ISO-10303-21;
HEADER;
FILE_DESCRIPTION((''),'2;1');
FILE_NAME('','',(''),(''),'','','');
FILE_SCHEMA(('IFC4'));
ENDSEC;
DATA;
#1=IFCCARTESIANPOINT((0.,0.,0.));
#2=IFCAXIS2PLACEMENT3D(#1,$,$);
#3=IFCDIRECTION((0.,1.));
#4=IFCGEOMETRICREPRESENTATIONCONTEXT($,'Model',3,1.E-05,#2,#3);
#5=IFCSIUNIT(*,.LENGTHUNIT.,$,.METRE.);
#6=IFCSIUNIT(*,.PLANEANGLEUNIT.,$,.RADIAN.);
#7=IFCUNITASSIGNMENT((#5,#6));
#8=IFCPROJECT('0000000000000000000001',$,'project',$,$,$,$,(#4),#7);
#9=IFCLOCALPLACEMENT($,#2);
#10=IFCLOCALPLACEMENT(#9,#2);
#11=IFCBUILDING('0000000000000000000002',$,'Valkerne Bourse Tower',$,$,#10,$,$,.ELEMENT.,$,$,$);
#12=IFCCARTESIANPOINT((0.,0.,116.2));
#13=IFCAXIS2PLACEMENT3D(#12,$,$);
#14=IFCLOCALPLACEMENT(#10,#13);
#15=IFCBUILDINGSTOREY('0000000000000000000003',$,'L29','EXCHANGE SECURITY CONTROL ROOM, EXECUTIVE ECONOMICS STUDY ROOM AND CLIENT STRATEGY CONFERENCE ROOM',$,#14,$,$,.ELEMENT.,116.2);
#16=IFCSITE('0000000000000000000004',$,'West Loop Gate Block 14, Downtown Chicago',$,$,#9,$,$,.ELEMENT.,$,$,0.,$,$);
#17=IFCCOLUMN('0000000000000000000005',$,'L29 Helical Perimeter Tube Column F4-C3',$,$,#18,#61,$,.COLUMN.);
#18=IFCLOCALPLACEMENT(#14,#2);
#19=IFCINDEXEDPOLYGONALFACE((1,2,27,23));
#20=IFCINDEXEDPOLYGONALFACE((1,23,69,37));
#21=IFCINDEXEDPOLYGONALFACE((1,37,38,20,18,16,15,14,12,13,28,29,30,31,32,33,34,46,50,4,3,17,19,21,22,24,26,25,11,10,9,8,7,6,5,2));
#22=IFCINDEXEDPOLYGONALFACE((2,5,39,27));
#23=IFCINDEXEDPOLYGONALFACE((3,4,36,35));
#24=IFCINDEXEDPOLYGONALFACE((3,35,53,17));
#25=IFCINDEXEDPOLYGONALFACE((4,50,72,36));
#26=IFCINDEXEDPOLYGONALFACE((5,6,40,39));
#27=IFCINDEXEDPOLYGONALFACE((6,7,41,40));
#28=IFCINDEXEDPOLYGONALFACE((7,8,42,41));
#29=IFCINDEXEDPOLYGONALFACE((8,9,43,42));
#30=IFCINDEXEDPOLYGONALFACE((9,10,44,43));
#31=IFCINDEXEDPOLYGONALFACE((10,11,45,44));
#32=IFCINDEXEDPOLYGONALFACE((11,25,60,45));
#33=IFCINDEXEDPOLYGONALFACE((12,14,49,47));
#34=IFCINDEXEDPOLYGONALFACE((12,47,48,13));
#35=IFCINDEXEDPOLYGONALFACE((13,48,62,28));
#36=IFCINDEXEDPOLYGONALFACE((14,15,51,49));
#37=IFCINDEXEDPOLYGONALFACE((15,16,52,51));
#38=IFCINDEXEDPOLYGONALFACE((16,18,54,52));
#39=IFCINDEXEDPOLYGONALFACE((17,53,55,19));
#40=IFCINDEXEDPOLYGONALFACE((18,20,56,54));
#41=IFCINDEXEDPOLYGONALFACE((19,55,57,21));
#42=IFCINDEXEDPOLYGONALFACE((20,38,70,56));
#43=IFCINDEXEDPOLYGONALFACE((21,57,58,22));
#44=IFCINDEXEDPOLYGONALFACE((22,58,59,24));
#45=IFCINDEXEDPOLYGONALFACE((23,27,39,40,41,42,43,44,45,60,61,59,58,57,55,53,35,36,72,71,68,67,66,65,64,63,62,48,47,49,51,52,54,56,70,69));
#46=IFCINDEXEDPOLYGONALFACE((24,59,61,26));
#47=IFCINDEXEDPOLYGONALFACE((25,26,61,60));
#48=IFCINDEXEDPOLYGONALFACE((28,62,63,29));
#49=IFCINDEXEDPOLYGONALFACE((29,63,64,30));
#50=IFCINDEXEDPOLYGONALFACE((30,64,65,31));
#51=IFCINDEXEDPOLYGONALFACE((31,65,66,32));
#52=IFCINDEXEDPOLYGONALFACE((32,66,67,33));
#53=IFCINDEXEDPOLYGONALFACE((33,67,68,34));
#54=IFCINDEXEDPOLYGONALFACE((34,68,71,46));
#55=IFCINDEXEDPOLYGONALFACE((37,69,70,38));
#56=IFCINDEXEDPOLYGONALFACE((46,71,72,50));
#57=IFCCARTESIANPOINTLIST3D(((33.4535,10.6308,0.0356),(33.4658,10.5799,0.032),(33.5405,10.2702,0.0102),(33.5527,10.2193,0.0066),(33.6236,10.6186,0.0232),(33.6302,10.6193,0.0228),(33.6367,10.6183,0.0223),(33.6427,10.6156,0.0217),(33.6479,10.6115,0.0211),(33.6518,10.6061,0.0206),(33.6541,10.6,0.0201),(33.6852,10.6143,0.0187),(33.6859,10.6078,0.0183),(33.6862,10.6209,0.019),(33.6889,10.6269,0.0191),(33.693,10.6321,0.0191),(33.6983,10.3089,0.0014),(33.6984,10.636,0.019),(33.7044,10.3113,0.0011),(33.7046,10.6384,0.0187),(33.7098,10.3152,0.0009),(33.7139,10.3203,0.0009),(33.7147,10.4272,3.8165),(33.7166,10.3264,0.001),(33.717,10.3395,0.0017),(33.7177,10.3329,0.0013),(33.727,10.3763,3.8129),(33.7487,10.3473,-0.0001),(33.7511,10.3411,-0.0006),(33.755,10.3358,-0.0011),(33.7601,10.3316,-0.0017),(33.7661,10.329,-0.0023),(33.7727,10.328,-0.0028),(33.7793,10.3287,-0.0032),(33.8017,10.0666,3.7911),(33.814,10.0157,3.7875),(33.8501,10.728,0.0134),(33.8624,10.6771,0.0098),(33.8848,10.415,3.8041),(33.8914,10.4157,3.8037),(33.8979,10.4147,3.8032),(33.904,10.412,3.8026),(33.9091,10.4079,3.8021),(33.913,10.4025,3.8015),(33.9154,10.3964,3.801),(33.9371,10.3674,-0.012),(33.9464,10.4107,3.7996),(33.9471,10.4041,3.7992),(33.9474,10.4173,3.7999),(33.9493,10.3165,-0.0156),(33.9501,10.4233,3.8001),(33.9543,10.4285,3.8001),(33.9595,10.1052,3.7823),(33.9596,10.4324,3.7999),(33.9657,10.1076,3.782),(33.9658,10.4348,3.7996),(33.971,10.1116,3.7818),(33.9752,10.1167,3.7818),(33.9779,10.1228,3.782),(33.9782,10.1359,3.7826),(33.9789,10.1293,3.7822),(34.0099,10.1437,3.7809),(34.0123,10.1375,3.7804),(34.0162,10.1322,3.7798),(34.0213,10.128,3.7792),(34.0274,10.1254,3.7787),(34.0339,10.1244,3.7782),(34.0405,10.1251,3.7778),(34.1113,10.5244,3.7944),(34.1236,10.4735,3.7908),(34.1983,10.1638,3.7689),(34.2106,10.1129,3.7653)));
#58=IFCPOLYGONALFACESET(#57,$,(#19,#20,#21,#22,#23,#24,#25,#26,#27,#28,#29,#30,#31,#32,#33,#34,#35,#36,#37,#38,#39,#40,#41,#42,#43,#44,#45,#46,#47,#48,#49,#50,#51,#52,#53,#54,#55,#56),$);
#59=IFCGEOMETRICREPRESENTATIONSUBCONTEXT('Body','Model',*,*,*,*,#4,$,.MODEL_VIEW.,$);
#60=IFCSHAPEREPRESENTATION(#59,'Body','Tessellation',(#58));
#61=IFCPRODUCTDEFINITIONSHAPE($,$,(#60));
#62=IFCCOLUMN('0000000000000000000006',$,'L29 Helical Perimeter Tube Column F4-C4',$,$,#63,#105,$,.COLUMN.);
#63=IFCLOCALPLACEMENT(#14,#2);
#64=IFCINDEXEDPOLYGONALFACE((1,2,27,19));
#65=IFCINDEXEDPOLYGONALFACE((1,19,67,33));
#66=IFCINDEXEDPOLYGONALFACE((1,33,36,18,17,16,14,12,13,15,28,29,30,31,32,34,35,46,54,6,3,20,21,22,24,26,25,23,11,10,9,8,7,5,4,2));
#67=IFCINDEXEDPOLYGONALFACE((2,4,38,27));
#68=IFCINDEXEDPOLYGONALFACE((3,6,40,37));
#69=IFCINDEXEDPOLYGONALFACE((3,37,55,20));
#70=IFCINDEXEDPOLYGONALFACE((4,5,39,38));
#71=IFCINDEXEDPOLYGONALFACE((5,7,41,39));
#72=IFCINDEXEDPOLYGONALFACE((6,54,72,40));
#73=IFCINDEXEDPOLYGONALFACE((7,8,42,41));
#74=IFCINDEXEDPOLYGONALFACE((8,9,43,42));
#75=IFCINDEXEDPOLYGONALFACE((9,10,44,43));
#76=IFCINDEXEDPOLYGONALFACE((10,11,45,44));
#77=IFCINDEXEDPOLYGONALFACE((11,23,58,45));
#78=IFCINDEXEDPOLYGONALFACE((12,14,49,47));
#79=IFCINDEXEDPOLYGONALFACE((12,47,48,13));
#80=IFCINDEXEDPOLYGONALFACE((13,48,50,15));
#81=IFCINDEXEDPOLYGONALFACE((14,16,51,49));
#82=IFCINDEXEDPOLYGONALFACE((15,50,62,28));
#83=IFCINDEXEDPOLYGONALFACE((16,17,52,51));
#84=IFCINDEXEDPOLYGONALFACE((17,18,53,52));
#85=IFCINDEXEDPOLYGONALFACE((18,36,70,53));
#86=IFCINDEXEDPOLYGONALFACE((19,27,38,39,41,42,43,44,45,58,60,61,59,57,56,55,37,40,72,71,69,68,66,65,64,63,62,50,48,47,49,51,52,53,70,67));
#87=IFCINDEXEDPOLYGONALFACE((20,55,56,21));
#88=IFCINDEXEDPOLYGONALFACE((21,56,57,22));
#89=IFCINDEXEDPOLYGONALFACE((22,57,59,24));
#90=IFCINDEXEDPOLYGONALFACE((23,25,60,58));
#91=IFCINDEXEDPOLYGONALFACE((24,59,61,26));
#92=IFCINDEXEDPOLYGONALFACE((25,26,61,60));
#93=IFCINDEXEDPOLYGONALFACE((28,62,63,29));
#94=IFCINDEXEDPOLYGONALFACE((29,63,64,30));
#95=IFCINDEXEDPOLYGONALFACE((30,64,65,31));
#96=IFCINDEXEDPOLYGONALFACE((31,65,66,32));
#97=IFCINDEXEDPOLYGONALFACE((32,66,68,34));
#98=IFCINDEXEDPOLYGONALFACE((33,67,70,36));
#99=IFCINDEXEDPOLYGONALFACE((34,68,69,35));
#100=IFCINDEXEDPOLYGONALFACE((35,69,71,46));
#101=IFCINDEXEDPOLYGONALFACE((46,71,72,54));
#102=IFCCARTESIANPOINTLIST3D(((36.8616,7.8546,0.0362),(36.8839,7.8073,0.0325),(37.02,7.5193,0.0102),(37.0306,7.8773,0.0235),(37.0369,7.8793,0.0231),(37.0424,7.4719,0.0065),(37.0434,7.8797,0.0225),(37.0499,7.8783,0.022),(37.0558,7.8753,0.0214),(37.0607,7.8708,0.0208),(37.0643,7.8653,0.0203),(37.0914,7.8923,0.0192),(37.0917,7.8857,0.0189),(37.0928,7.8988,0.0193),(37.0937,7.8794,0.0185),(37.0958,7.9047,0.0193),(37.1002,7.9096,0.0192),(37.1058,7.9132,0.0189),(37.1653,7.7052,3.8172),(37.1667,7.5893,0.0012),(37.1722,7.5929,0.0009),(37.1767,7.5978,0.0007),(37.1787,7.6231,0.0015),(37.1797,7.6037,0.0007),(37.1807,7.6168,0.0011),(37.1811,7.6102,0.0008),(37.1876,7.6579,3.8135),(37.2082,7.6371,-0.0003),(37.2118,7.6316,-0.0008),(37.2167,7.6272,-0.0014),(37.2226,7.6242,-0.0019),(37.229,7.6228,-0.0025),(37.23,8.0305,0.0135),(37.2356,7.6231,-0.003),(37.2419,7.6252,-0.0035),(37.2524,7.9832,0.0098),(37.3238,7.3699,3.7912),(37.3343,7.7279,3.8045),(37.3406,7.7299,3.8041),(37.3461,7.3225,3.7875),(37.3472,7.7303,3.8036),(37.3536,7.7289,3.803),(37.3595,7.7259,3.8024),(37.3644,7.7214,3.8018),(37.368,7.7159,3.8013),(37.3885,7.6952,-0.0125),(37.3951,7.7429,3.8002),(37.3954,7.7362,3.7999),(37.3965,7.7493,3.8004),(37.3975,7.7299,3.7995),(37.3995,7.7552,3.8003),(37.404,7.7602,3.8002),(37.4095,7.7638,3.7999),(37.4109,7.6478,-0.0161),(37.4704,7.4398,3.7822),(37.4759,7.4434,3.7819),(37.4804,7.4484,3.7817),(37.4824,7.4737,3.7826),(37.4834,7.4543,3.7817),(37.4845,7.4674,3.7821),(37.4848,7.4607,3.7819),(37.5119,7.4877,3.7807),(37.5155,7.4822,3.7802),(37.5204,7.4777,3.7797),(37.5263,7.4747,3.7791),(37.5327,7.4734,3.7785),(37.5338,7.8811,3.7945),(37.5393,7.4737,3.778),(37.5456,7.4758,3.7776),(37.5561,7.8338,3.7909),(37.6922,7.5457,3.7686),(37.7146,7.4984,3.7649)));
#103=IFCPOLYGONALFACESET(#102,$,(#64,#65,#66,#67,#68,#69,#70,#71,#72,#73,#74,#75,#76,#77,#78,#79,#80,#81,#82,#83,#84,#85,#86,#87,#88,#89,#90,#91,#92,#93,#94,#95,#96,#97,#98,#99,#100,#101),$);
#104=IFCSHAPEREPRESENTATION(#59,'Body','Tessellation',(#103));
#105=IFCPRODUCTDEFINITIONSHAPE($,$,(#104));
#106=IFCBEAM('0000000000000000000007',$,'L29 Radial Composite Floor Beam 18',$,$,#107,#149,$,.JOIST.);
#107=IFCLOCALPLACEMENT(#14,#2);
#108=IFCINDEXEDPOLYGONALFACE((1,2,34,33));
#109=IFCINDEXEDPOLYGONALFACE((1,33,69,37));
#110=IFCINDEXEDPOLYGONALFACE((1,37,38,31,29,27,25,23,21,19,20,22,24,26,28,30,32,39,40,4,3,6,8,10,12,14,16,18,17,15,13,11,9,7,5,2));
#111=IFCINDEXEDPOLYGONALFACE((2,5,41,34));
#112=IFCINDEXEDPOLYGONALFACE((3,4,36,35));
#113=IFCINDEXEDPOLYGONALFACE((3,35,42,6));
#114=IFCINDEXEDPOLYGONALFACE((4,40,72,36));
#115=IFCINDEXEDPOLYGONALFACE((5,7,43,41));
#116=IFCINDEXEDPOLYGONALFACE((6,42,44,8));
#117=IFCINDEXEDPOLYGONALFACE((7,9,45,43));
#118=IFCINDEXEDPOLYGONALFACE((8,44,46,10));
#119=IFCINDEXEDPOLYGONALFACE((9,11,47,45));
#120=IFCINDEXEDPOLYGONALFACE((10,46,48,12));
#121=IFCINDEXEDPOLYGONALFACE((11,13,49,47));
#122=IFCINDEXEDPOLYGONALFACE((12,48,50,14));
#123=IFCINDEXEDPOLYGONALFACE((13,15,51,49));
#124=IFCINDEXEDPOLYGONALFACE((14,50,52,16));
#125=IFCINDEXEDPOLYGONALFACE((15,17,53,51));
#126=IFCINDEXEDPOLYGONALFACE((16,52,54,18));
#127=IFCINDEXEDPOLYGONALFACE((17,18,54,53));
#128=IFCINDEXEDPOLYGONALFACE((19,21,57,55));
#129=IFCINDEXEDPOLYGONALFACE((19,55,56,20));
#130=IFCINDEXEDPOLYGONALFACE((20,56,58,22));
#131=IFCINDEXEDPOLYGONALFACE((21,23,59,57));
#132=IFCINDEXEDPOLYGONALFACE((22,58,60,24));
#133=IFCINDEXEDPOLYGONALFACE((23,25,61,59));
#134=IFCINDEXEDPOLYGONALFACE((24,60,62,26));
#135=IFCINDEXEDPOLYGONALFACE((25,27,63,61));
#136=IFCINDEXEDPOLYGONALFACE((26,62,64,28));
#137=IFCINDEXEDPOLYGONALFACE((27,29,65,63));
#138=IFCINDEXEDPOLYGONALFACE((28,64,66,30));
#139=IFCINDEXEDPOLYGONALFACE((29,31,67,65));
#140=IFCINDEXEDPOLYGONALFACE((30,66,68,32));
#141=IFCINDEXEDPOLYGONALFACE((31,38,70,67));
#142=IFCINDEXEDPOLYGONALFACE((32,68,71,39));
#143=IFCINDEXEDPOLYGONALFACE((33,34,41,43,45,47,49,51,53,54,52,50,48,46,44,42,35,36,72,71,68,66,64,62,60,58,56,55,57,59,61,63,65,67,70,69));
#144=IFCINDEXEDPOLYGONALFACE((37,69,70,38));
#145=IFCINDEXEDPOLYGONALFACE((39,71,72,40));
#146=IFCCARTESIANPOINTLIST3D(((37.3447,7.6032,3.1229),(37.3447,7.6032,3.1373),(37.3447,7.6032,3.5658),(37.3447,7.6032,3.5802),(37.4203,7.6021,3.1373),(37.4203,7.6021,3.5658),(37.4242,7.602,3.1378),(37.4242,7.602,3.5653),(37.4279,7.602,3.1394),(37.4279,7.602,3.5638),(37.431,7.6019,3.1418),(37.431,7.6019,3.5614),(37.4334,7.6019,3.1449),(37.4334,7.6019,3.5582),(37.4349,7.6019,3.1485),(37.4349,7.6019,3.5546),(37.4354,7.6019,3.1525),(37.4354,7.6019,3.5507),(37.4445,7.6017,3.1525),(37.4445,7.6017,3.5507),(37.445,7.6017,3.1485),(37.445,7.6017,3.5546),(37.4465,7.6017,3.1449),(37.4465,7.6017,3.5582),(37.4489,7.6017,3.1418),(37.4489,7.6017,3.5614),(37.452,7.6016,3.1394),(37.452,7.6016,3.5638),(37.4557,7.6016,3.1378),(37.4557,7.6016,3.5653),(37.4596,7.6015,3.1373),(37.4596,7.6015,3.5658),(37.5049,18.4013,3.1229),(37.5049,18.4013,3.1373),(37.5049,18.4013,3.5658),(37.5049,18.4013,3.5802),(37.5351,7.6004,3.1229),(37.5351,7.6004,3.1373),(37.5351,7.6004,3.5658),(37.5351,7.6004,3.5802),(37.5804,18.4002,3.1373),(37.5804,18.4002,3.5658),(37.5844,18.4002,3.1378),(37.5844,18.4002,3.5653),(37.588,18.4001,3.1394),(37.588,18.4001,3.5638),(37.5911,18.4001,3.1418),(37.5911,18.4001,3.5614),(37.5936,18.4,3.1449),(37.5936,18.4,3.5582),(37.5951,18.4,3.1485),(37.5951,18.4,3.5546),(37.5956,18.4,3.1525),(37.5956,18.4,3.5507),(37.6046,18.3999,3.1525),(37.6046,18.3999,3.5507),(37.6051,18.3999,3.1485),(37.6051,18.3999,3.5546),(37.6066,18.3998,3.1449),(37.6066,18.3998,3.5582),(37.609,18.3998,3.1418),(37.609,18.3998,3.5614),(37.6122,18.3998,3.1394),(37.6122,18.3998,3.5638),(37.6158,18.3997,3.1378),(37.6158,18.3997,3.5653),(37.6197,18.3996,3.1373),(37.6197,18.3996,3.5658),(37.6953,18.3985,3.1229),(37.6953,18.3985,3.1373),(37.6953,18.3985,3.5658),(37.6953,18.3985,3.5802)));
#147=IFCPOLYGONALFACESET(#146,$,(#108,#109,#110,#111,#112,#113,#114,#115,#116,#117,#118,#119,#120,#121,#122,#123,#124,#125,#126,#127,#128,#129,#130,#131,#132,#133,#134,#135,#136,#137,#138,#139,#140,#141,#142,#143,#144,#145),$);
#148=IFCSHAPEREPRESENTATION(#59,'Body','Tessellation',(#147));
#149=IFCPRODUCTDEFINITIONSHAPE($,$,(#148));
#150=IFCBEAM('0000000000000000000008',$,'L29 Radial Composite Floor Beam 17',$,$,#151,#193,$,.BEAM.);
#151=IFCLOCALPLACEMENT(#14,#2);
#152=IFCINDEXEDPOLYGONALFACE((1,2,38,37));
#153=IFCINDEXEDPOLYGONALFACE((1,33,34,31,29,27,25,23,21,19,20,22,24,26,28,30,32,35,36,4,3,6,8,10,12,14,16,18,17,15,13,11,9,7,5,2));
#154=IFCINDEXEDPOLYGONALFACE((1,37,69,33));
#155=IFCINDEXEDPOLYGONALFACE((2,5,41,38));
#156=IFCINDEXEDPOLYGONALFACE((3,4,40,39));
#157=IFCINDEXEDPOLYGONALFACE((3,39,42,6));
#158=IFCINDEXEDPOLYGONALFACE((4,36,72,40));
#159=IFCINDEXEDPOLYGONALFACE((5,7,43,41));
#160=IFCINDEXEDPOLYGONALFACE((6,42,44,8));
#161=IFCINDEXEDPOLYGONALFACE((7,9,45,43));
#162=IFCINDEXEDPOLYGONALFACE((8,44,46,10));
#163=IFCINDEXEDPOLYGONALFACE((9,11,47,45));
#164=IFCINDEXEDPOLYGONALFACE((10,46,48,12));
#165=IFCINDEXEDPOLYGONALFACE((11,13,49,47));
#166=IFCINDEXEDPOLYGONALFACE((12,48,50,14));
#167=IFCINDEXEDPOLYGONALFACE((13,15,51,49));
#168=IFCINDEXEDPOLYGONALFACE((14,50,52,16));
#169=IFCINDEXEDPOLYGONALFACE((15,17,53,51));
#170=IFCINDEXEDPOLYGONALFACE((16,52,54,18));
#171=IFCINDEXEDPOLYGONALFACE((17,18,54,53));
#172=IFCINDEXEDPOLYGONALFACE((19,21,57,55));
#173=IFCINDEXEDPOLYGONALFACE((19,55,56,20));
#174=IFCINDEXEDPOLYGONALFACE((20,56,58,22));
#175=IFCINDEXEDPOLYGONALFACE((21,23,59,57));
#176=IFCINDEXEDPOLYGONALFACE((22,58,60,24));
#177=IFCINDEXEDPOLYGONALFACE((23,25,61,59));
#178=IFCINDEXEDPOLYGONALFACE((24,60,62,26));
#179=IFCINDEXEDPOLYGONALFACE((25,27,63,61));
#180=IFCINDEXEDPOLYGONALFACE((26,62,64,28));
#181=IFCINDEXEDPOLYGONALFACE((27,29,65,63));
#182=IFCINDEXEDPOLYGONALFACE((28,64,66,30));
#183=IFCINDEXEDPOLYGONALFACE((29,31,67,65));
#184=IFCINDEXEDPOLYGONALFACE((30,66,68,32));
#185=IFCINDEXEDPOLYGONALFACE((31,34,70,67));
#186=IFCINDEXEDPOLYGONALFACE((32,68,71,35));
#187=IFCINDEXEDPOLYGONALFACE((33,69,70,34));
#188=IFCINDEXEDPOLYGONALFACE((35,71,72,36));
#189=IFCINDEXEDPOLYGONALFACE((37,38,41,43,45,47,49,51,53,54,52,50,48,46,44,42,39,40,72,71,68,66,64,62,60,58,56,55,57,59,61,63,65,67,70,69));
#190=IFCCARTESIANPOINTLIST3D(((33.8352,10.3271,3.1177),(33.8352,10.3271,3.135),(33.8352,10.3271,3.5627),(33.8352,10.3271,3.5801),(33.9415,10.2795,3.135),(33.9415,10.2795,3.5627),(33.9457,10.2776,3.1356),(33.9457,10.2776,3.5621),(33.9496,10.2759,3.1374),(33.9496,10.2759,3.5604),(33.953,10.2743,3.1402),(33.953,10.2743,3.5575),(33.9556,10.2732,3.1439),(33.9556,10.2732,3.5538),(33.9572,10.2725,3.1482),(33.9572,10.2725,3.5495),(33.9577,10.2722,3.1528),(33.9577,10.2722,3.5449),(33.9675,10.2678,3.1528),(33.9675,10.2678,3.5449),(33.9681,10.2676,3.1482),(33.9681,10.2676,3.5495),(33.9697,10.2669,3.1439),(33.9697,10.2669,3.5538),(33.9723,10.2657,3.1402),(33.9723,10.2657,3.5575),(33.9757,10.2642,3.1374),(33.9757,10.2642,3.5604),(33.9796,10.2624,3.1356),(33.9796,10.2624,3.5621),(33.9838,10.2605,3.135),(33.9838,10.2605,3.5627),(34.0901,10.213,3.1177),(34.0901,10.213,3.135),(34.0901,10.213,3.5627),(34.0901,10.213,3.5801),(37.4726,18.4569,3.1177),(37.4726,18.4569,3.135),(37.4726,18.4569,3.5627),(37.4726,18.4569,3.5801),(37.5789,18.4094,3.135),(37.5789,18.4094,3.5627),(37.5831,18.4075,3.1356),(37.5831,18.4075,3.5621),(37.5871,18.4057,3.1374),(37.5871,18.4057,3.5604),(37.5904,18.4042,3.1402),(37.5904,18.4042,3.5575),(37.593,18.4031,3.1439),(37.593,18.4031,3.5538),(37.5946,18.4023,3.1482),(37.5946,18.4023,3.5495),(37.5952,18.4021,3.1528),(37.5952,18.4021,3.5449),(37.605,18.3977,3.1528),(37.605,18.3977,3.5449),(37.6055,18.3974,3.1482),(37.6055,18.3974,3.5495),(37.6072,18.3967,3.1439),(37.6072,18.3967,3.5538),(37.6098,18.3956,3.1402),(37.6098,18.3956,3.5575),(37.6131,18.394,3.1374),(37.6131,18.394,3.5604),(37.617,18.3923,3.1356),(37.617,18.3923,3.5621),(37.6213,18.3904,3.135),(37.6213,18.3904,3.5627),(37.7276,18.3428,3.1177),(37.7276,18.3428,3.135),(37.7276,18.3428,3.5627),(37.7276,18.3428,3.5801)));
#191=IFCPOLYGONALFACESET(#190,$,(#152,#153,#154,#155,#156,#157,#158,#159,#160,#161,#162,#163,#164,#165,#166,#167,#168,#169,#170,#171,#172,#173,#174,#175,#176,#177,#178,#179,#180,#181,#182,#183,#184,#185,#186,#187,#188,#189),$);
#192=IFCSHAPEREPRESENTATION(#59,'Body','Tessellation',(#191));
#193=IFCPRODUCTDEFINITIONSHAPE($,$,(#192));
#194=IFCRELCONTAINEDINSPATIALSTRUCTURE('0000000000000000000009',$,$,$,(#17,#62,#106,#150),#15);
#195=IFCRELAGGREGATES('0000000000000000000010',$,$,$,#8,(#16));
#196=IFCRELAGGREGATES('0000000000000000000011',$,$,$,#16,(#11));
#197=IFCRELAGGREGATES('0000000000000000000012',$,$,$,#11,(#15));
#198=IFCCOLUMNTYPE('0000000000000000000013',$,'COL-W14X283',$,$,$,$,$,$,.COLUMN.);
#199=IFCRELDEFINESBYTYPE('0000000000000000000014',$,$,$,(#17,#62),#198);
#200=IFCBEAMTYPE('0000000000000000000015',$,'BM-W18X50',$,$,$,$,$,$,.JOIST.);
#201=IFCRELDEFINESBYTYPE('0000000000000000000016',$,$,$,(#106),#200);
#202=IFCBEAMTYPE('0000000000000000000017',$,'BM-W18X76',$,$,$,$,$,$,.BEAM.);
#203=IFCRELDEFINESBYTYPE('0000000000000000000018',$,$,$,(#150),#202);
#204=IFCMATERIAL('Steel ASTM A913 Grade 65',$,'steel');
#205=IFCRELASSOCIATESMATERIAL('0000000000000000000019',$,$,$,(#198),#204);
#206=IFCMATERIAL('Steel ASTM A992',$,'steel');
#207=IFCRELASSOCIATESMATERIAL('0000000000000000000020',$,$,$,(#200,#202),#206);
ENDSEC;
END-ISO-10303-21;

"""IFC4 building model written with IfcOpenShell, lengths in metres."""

from ifc_helpers import new_model, si_unit, direction, frame, origin, origin_2d, place, context, subcontext, project, spatial, i_section, extrude, material, material_profile, profile_set, type_object, element, save


model = new_model("IFC4")

# Units and contexts
model_context = context("Model", 3, precision=1e-05, world=origin(), true_north=direction((0.0, 1.0)))
body_context = subcontext(model_context, "Body", "Model", "MODEL_VIEW")
ifc_project = project(units=[si_unit("LENGTHUNIT", "METRE"), si_unit("PLANEANGLEUNIT", "RADIAN")], contexts=[model_context])

# Site, building, storey
site_placement = place(None, origin())
site = spatial("IfcSite", under=ifc_project, at=site_placement, Name="West Loop Gate Block 14, Downtown Chicago", CompositionType="ELEMENT", RefElevation=0.0)
building_placement = place(site_placement, origin())
building = spatial("IfcBuilding", under=site, at=building_placement, Name="Valkerne Bourse Tower", CompositionType="ELEMENT")
storey_placement = place(building_placement, frame((0.0, 0.0, 116.2)))
storey = spatial("IfcBuildingStorey", under=building, at=storey_placement, Name="L29", Description="EXCHANGE SECURITY CONTROL ROOM, EXECUTIVE ECONOMICS STUDY ROOM AND CLIENT STRATEGY CONFERENCE ROOM", CompositionType="ELEMENT", Elevation=116.2)

# Columns
ifc_material_1 = material(Name="Steel ASTM A913 Grade 65", Category="steel")
ifc_material_profile_1 = material_profile(ifc_material_1, i_section(OverallWidth=0.4089, OverallDepth=0.4243, WebThickness=0.0327, FlangeThickness=0.0525, FilletRadius=0.0254, at=origin_2d()), Name="W14X283")
ifc_profile_set_1 = profile_set([ifc_material_profile_1], Name="Steel ASTM A913 Grade 65")
column_type = type_object("IfcColumnType", Name="COL-W14X283", PredefinedType="COLUMN", material=ifc_profile_set_1)
column_1_placement = place(storey_placement, frame((33.7014, 10.4736, 0.01), z_axis=(0.068827, -0.053646, 0.996185), x_axis=(0.969822, 0.237714, -0.054204)))
element("IfcColumn", 1, at=column_1_placement, inside=storey, type_object=column_type, Name="L29 Helical Perimeter Tube Column F4-C3", PredefinedType="COLUMN", context=body_context, shape_type="SweptSolid", body=[
    extrude(i_section(OverallWidth=0.4089, OverallDepth=0.4243, WebThickness=0.0327, FlangeThickness=0.0525, FilletRadius=0.0254, at=origin_2d()), origin(), (0.0, 0.0, 1.0), 3.7954),
])
column_2_placement = place(storey_placement, frame((37.1362, 7.7512, 0.01), z_axis=(0.080006, -0.03936, 0.996017), x_axis=(0.901081, 0.4301, -0.055383)))
element("IfcColumn", 2, at=column_2_placement, inside=storey, type_object=column_type, Name="L29 Helical Perimeter Tube Column F4-C4", PredefinedType="COLUMN", context=body_context, shape_type="SweptSolid", body=[
    extrude(i_section(OverallWidth=0.4089, OverallDepth=0.4243, WebThickness=0.0327, FlangeThickness=0.0525, FilletRadius=0.0254, at=origin_2d()), origin(), (0.0, 0.0, 1.0), 3.7961),
])

# Beams
ifc_material_2 = material(Name="Steel ASTM A992", Category="steel")
ifc_material_profile_2 = material_profile(ifc_material_2, i_section(OverallWidth=0.1904, OverallDepth=0.4573, WebThickness=0.009, FlangeThickness=0.0144, FilletRadius=0.0151, at=origin_2d()), Name="W18X50")
ifc_profile_set_2 = profile_set([ifc_material_profile_2], Name="Steel ASTM A992")
beam_type_1 = type_object("IfcBeamType", Name="BM-W18X50", PredefinedType="JOIST", material=ifc_profile_set_2)
beam_1_placement = place(storey_placement, frame((37.4399, 7.6018, 3.3516), z_axis=(0.01483, 0.99989, 0.0), x_axis=(-0.99989, 0.01483, 0.0)))
element("IfcBeam", 3, at=beam_1_placement, inside=storey, type_object=beam_type_1, Name="L29 Radial Composite Floor Beam 18", PredefinedType="JOIST", context=body_context, shape_type="SweptSolid", body=[
    extrude(i_section(OverallWidth=0.1904, OverallDepth=0.4573, WebThickness=0.009, FlangeThickness=0.0144, FilletRadius=0.0151, at=origin_2d()), origin(), (0.0, 0.0, 1.0), 10.7993),
])
ifc_material_profile_3 = material_profile(ifc_material_2, i_section(OverallWidth=0.2793, OverallDepth=0.4624, WebThickness=0.0107, FlangeThickness=0.0173, FilletRadius=0.0178, at=origin_2d()), Name="W18X76")
ifc_profile_set_3 = profile_set([ifc_material_profile_3], Name="Steel ASTM A992")
beam_type_2 = type_object("IfcBeamType", Name="BM-W18X76", PredefinedType="BEAM", material=ifc_profile_set_3)
beam_2_placement = place(storey_placement, frame((33.9626, 10.27, 3.3489), z_axis=(0.408403, 0.912802, 0.0), x_axis=(-0.912802, 0.408403, 0.0)))
element("IfcBeam", 4, at=beam_2_placement, inside=storey, type_object=beam_type_2, Name="L29 Radial Composite Floor Beam 17", PredefinedType="BEAM", context=body_context, shape_type="SweptSolid", body=[
    extrude(i_section(OverallWidth=0.2793, OverallDepth=0.4624, WebThickness=0.0107, FlangeThickness=0.0173, FilletRadius=0.0178, at=origin_2d()), origin(), (0.0, 0.0, 1.0), 8.9065),
])

save(model, "model.ifc")
